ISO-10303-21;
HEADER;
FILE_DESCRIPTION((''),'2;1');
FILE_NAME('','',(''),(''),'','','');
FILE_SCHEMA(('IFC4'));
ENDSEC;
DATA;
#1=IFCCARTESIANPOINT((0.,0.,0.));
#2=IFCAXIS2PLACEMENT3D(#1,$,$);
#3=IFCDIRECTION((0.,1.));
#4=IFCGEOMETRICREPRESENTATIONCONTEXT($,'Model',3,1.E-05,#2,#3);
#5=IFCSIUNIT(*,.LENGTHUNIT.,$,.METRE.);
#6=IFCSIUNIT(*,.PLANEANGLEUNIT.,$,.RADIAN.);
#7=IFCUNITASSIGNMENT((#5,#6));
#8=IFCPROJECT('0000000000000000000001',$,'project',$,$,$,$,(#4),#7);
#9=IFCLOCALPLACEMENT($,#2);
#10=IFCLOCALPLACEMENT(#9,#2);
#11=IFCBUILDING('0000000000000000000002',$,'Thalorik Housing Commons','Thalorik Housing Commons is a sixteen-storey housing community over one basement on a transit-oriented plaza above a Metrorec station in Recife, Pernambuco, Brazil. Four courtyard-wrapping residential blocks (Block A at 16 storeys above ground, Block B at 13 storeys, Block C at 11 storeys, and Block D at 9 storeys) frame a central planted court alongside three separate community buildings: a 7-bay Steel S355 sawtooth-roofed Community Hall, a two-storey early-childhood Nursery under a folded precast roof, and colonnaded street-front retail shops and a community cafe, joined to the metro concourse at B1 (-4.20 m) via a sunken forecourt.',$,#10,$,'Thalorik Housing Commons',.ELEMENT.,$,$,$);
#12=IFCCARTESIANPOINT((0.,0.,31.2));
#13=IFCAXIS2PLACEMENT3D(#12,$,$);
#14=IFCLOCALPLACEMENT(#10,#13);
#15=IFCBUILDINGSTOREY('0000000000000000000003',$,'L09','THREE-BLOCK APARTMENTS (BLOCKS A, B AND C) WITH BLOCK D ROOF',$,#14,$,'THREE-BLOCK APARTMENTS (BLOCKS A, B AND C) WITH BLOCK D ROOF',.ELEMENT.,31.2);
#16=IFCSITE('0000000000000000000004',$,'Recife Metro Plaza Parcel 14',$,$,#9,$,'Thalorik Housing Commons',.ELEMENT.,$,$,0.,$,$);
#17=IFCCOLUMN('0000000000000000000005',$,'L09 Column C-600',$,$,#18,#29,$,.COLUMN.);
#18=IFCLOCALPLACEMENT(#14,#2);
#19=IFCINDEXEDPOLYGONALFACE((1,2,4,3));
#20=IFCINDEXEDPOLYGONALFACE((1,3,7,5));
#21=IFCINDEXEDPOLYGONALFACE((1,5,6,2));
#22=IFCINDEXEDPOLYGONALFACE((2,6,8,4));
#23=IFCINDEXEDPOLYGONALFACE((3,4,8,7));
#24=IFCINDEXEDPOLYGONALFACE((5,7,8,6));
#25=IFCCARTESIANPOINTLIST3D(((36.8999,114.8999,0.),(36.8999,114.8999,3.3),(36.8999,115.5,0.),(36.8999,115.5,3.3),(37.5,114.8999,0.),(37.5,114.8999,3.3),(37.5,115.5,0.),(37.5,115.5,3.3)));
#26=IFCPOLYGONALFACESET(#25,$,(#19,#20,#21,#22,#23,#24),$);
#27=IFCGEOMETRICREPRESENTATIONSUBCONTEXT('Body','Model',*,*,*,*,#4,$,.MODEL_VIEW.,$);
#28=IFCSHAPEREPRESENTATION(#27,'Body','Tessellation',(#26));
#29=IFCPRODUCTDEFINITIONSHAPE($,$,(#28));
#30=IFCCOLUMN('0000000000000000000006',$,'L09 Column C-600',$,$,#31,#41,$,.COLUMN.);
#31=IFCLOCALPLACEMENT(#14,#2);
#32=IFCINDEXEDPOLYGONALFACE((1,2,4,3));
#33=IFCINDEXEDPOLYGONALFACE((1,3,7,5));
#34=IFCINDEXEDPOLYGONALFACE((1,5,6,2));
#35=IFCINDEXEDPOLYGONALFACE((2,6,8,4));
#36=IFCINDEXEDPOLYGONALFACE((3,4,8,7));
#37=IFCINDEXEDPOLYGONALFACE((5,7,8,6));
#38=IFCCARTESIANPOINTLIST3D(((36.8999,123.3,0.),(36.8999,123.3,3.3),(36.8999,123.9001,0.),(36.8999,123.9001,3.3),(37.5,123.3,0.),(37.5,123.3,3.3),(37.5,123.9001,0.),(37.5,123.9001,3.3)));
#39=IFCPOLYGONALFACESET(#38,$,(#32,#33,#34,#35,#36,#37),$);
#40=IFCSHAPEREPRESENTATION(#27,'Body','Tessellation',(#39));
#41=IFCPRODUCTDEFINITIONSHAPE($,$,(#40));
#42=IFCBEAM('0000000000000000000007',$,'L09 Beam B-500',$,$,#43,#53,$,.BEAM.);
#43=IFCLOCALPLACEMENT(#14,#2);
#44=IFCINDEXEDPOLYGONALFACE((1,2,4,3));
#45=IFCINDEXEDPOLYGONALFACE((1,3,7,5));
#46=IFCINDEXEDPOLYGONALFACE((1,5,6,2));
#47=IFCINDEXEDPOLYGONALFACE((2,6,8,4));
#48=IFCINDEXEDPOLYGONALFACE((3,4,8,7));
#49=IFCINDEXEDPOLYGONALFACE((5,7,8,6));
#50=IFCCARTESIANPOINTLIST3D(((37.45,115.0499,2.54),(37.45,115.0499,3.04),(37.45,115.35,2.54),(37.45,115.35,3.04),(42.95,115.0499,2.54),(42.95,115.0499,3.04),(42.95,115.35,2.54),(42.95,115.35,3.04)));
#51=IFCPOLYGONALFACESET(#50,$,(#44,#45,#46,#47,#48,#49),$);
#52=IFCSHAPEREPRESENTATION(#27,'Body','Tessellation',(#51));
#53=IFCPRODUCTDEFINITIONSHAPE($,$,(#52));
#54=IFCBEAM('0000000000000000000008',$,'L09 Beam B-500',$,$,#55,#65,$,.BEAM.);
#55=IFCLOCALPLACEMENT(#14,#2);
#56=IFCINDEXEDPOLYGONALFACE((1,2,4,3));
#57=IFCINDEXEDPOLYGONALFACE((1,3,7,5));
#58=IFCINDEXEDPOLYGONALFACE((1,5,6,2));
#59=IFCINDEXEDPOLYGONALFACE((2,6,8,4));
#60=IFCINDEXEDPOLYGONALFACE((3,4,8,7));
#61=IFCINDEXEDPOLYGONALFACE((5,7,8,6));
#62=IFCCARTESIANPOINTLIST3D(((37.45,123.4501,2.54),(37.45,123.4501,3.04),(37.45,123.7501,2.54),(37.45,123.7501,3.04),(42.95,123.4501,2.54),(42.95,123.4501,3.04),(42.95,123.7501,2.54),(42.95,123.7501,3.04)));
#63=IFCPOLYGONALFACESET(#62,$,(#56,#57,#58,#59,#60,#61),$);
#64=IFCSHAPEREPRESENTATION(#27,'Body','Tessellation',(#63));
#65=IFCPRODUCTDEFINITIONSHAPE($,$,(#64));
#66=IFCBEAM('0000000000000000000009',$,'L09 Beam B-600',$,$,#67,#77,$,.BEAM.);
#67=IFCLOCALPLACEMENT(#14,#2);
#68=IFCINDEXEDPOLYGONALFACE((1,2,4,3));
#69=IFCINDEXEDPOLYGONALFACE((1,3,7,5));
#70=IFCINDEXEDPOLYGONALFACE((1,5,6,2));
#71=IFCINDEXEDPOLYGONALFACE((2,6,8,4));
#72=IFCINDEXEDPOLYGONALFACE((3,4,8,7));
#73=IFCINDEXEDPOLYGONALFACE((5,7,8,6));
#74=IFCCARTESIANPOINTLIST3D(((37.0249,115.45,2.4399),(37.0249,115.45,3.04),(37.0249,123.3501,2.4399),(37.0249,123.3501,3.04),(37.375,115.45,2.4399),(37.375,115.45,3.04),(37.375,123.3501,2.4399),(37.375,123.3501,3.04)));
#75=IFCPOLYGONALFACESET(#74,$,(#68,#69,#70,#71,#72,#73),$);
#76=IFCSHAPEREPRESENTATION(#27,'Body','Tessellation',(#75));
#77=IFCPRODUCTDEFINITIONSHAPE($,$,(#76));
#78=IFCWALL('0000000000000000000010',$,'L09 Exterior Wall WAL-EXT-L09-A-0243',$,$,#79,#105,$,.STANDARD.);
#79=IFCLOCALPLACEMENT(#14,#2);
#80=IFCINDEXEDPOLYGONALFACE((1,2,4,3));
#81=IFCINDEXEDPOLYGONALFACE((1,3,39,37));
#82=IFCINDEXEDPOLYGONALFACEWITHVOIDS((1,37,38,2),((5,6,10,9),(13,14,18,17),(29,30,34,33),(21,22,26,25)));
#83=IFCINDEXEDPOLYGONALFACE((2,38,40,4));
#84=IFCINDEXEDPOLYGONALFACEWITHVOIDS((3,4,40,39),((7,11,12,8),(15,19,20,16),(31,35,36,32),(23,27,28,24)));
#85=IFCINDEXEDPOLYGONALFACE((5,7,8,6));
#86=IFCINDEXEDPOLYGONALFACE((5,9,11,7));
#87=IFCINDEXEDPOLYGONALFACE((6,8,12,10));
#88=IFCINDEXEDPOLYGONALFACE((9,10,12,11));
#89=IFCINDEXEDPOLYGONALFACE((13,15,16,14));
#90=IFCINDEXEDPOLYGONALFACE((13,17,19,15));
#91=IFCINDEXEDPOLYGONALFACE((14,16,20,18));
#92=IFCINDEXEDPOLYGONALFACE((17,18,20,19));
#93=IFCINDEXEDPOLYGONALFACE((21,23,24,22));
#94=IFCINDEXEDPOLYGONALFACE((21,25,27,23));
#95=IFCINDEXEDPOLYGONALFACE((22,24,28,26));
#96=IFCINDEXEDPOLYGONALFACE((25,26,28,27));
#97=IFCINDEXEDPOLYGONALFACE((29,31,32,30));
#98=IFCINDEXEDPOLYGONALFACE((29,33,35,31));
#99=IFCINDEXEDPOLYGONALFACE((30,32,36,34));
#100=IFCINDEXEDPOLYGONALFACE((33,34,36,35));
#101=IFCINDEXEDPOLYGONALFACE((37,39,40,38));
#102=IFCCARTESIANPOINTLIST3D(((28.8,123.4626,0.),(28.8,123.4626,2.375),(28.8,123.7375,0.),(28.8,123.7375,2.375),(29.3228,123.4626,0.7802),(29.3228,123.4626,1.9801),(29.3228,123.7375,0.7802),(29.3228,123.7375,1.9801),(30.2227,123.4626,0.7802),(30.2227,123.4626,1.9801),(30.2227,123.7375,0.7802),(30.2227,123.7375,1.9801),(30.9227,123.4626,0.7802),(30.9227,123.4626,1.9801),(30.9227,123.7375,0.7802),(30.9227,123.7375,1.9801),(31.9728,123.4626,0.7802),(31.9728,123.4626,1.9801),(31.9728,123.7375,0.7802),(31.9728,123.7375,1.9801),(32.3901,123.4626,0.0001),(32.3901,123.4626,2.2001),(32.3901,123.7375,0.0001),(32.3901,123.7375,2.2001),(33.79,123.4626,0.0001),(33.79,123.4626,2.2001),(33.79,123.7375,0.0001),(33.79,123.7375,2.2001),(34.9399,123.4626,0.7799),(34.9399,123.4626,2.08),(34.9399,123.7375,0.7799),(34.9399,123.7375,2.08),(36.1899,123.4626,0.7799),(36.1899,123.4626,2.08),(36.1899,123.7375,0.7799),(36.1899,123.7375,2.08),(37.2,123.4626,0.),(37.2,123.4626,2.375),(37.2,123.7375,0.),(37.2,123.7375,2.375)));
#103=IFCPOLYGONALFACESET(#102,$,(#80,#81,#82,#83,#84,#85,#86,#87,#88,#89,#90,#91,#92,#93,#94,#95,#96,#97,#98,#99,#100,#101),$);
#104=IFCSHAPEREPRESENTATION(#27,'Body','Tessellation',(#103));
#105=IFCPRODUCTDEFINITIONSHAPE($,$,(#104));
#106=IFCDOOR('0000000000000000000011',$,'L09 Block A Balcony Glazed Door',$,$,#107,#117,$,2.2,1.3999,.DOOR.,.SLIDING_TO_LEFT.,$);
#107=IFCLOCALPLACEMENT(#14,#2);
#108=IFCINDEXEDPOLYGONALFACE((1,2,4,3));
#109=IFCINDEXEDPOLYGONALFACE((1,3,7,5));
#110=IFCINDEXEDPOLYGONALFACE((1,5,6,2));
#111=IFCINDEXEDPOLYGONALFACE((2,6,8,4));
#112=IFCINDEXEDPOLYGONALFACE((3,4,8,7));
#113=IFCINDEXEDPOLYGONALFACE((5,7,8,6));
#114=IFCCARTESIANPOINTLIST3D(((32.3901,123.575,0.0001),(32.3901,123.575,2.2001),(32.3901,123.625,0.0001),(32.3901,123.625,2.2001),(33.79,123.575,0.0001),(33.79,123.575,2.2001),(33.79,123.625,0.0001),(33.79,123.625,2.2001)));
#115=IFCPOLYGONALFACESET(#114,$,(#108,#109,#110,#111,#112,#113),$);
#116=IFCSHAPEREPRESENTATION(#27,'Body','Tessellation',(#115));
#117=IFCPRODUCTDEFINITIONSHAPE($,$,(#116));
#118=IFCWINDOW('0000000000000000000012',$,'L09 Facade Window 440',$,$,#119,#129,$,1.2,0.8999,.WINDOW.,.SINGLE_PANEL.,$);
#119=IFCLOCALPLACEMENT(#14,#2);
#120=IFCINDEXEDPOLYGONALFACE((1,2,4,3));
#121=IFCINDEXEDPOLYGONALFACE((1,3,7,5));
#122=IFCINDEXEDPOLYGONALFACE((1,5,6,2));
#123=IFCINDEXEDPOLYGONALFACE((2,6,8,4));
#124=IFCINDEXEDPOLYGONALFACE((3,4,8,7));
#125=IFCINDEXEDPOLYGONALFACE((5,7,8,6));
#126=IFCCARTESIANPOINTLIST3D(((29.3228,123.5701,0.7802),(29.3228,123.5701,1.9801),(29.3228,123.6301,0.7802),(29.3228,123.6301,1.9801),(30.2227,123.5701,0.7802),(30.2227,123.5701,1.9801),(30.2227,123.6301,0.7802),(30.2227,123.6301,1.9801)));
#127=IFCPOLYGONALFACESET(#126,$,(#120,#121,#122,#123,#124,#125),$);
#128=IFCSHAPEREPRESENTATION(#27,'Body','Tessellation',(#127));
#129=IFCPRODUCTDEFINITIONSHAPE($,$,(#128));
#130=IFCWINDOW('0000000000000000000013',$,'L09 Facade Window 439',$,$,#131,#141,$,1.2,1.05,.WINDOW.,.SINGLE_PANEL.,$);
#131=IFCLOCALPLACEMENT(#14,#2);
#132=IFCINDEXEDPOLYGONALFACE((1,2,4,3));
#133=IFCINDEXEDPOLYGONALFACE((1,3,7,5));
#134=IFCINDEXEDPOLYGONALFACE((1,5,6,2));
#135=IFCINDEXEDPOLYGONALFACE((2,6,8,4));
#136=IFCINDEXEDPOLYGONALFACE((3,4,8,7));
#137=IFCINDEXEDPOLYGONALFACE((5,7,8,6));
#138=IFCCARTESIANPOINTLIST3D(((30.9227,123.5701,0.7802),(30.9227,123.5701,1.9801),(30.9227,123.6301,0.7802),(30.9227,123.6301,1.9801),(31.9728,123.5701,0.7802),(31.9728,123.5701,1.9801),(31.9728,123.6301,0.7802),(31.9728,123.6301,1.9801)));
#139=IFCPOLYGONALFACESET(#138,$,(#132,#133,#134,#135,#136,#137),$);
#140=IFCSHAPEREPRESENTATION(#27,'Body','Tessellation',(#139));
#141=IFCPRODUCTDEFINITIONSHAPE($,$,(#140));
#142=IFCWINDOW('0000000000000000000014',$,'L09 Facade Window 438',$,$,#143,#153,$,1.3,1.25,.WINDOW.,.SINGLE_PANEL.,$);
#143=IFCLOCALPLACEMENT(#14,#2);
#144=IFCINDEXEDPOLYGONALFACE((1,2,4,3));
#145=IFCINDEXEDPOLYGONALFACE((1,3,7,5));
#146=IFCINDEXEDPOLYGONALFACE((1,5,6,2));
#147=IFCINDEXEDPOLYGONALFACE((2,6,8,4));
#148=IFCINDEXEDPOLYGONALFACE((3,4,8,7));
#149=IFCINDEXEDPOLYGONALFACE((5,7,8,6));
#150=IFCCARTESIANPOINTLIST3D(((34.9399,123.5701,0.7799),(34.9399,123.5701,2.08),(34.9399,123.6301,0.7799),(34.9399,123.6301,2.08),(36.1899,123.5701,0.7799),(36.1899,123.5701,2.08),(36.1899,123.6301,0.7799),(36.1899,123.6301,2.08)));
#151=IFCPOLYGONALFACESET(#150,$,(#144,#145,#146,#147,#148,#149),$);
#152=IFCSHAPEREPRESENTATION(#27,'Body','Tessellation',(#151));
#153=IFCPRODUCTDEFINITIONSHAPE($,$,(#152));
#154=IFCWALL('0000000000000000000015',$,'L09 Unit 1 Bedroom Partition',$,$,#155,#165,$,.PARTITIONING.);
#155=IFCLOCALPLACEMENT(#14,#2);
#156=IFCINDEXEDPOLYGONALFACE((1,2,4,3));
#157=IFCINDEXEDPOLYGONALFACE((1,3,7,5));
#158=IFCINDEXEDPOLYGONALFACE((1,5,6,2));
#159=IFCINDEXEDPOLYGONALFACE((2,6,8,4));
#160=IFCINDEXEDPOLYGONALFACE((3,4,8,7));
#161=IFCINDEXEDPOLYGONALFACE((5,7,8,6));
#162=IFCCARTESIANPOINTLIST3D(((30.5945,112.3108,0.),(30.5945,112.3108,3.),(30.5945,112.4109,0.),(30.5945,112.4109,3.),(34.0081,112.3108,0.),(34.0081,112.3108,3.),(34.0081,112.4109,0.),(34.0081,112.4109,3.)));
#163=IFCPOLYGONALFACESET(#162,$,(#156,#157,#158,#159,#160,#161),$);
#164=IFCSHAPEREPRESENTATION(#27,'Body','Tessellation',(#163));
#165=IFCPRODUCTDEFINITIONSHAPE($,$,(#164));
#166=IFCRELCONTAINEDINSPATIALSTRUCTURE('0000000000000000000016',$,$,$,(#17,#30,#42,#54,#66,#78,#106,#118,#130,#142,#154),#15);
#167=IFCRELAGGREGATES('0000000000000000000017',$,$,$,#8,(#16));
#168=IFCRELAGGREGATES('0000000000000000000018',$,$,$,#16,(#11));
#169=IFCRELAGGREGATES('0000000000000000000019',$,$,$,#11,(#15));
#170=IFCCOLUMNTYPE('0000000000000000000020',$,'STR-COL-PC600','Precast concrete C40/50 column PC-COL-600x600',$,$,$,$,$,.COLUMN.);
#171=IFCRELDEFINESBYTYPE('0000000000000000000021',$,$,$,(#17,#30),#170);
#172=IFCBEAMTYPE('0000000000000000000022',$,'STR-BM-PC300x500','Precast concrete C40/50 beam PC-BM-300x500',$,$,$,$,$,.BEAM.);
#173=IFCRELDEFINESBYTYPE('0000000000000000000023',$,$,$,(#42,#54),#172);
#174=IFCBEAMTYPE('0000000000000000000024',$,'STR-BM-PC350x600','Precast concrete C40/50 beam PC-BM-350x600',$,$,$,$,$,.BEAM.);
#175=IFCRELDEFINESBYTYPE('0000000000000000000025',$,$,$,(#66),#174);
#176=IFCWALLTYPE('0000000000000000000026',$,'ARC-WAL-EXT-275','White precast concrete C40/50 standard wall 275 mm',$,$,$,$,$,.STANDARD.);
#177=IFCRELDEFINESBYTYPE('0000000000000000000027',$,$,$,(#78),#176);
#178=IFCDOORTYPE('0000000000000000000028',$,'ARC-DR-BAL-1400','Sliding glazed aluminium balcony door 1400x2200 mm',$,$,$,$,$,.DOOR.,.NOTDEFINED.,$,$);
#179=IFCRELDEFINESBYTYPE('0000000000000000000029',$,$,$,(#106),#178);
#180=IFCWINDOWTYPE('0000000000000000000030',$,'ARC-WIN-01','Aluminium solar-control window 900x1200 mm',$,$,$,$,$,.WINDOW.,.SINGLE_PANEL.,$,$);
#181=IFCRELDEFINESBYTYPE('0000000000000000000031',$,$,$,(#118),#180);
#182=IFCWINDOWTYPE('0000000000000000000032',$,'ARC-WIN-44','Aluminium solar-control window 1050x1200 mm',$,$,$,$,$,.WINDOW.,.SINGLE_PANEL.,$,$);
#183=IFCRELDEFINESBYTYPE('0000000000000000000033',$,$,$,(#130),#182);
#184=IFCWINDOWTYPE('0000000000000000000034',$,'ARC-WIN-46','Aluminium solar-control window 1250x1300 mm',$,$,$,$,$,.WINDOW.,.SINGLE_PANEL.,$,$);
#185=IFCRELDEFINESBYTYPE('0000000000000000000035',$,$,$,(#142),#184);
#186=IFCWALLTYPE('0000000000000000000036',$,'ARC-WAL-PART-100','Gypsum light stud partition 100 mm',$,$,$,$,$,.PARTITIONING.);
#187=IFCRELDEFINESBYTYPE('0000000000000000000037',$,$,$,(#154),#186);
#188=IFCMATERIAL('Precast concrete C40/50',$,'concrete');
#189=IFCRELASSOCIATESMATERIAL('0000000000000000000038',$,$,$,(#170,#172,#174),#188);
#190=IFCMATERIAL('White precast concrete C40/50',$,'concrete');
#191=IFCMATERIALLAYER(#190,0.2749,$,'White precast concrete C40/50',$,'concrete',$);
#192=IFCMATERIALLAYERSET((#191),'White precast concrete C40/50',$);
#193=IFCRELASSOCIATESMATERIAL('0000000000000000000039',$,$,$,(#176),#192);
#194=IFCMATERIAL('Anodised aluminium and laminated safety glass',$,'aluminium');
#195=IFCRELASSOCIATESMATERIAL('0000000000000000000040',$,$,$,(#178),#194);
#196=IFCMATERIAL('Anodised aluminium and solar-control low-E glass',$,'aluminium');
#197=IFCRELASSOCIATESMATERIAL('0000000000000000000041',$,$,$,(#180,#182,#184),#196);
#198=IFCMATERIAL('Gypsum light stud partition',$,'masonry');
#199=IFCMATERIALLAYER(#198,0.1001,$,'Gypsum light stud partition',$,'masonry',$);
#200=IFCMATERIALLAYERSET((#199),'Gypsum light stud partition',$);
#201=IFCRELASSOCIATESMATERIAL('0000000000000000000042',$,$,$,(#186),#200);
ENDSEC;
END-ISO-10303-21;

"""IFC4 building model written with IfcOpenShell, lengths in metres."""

from ifc_helpers import new_model, si_unit, direction, frame, frame_2d, origin, origin_2d, place, context, subcontext, project, spatial, rectangle, extrude, material, layer, layer_set, material_profile, profile_set, type_object, element, fill, save


model = new_model("IFC4")

# Units and contexts
model_context = context("Model", 3, precision=1e-05, world=origin(), true_north=direction((0.0, 1.0)))
body_context = subcontext(model_context, "Body", "Model", "MODEL_VIEW")
ifc_project = project(units=[si_unit("LENGTHUNIT", "METRE"), si_unit("PLANEANGLEUNIT", "RADIAN")], contexts=[model_context])

# Site, building, storey
site_placement = place(None, origin())
site = spatial("IfcSite", under=ifc_project, at=site_placement, Name="Recife Metro Plaza Parcel 14", LongName="Thalorik Housing Commons", CompositionType="ELEMENT", RefElevation=0.0)
building_placement = place(site_placement, origin())
building = spatial("IfcBuilding", under=site, at=building_placement, Name="Thalorik Housing Commons", Description="Thalorik Housing Commons is a sixteen-storey housing community over one basement on a transit-oriented plaza above a Metrorec station in Recife, Pernambuco, Brazil. Four courtyard-wrapping residential blocks (Block A at 16 storeys above ground, Block B at 13 storeys, Block C at 11 storeys, and Block D at 9 storeys) frame a central planted court alongside three separate community buildings: a 7-bay Steel S355 sawtooth-roofed Community Hall, a two-storey early-childhood Nursery under a folded precast roof, and colonnaded street-front retail shops and a community cafe, joined to the metro concourse at B1 (-4.20 m) via a sunken forecourt.", LongName="Thalorik Housing Commons", CompositionType="ELEMENT")
storey_placement = place(building_placement, frame((0.0, 0.0, 31.2)))
storey = spatial("IfcBuildingStorey", under=building, at=storey_placement, Name="L09", Description="THREE-BLOCK APARTMENTS (BLOCKS A, B AND C) WITH BLOCK D ROOF", LongName="THREE-BLOCK APARTMENTS (BLOCKS A, B AND C) WITH BLOCK D ROOF", CompositionType="ELEMENT", Elevation=31.2)

# Columns
ifc_material_1 = material(Name="Precast concrete C40/50", Category="concrete")
ifc_material_profile_1 = material_profile(ifc_material_1, rectangle(XDim=0.6001, YDim=0.6001, at=origin_2d()), Name="PC 600x600", Category="concrete")
ifc_profile_set_1 = profile_set([ifc_material_profile_1], Name="Precast concrete C40/50")
column_type = type_object("IfcColumnType", Name="STR-COL-PC600", Description="Precast concrete C40/50 column PC-COL-600x600", PredefinedType="COLUMN", material=ifc_profile_set_1)
for number, where, z_axis, x_axis, name in (
    (1, (37.2, 115.2, 0.0), (0.0, 0.0, 1.0), (1.0, 0.0, 0.0), "L09 Column C-600"),
    (2, (37.2, 123.6001, 0.0), (0.0, 0.0, 1.0), (1.0, 0.0, 0.0), "L09 Column C-600"),
):
    element("IfcColumn", number, at=place(storey_placement, frame(where, z_axis=z_axis, x_axis=x_axis)), inside=storey, type_object=column_type, Name=name, PredefinedType="COLUMN", context=body_context, shape_type="SweptSolid", body=[
        extrude(rectangle(XDim=0.6001, YDim=0.6001, at=origin_2d()), origin(), (0.0, 0.0, 1.0), 3.3),
    ])

# Beams
ifc_material_profile_2 = material_profile(ifc_material_1, rectangle(XDim=0.3, YDim=0.5, at=origin_2d()), Name="PC 300x500", Category="concrete")
ifc_profile_set_2 = profile_set([ifc_material_profile_2], Name="Precast concrete C40/50")
beam_type_1 = type_object("IfcBeamType", Name="STR-BM-PC300x500", Description="Precast concrete C40/50 beam PC-BM-300x500", PredefinedType="BEAM", material=ifc_profile_set_2)
for number, where, z_axis, x_axis, name in (
    (3, (37.45, 115.2, 2.79), (1.0, 0.0, 0.0), (0.0, 1.0, 0.0), "L09 Beam B-500"),
    (4, (37.45, 123.6001, 2.79), (1.0, 0.0, 0.0), (0.0, 1.0, 0.0), "L09 Beam B-500"),
):
    element("IfcBeam", number, at=place(storey_placement, frame(where, z_axis=z_axis, x_axis=x_axis)), inside=storey, type_object=beam_type_1, Name=name, PredefinedType="BEAM", context=body_context, shape_type="SweptSolid", body=[
        extrude(rectangle(XDim=0.3, YDim=0.5, at=origin_2d()), origin(), (0.0, 0.0, 1.0), 5.5),
    ])
ifc_material_profile_3 = material_profile(ifc_material_1, rectangle(XDim=0.3501, YDim=0.6001, at=origin_2d()), Name="PC 350x600", Category="concrete")
ifc_profile_set_3 = profile_set([ifc_material_profile_3], Name="Precast concrete C40/50")
beam_type_2 = type_object("IfcBeamType", Name="STR-BM-PC350x600", Description="Precast concrete C40/50 beam PC-BM-350x600", PredefinedType="BEAM", material=ifc_profile_set_3)
beam_placement = place(storey_placement, frame((37.2, 115.45, 2.74), z_axis=(0.0, 1.0, 0.0), x_axis=(-1.0, 0.0, 0.0)))
element("IfcBeam", 5, at=beam_placement, inside=storey, type_object=beam_type_2, Name="L09 Beam B-600", PredefinedType="BEAM", context=body_context, shape_type="SweptSolid", body=[
    extrude(rectangle(XDim=0.3501, YDim=0.6001, at=origin_2d()), origin(), (0.0, 0.0, 1.0), 7.9001),
])

# Wall, openings, door, windows
ifc_material_2 = material(Name="White precast concrete C40/50", Category="concrete")
ifc_layer_1 = layer(ifc_material_2, 0.2749, Name="White precast concrete C40/50", Category="concrete")
ifc_layer_set_1 = layer_set([ifc_layer_1], Name="White precast concrete C40/50")
wall_type_1 = type_object("IfcWallType", Name="ARC-WAL-EXT-275", Description="White precast concrete C40/50 standard wall 275 mm", PredefinedType="STANDARD", material=ifc_layer_set_1)
wall_1_placement = place(storey_placement, frame((37.2, 123.6001, 0.0), z_axis=(0.0, 0.0, 1.0), x_axis=(-1.0, 0.0, 0.0)))
wall_1 = element("IfcWall", 6, at=wall_1_placement, inside=storey, type_object=wall_type_1, Name="L09 Exterior Wall WAL-EXT-L09-A-0243", PredefinedType="STANDARD", context=body_context, shape_type="SweptSolid", body=[
    extrude(rectangle(XDim=8.3999, YDim=0.2749, at=frame_2d((4.2, 0.0))), origin(), (0.0, 0.0, 1.0), 2.375),
])
opening_1_placement = place(wall_1_placement, frame((3.4099, 0.0, 0.0)))
opening_1 = element("IfcOpeningElement", 7, at=opening_1_placement, cuts=wall_1, PredefinedType="OPENING", context=body_context, shape_type="SweptSolid", body=[
    extrude(rectangle(XDim=1.3999, YDim=2.2, at=frame_2d((0.7, 1.1001))), frame((0.0, 0.1475, 0.0), z_axis=(0.0, -1.0, 0.0), x_axis=(1.0, 0.0, 0.0)), (0.0, 0.0, 1.0), 0.2949),
])
opening_2_placement = place(wall_1_placement, frame((1.01, 0.0, 0.78)))
opening_2 = element("IfcOpeningElement", 8, at=opening_2_placement, cuts=wall_1, PredefinedType="OPENING", context=body_context, shape_type="SweptSolid", body=[
    extrude(rectangle(XDim=1.25, YDim=1.3, at=frame_2d((0.625, 0.6499))), frame((0.0, 0.1475, 0.0), z_axis=(0.0, -1.0, 0.0), x_axis=(1.0, 0.0, 0.0)), (0.0, 0.0, 1.0), 0.2949),
])
opening_3_placement = place(wall_1_placement, frame((5.2273, 0.0, 0.78)))
opening_3 = element("IfcOpeningElement", 9, at=opening_3_placement, cuts=wall_1, PredefinedType="OPENING", context=body_context, shape_type="SweptSolid", body=[
    extrude(rectangle(XDim=1.05, YDim=1.2, at=frame_2d((0.5249, 0.6001))), frame((0.0, 0.1475, 0.0), z_axis=(0.0, -1.0, 0.0), x_axis=(1.0, 0.0, 0.0)), (0.0, 0.0, 1.0), 0.2949),
])
opening_4_placement = place(wall_1_placement, frame((6.9773, 0.0, 0.78)))
opening_4 = element("IfcOpeningElement", 10, at=opening_4_placement, cuts=wall_1, PredefinedType="OPENING", context=body_context, shape_type="SweptSolid", body=[
    extrude(rectangle(XDim=0.8999, YDim=1.2, at=frame_2d((0.45, 0.6001))), frame((0.0, 0.1475, 0.0), z_axis=(0.0, -1.0, 0.0), x_axis=(1.0, 0.0, 0.0)), (0.0, 0.0, 1.0), 0.2949),
])
ifc_material_3 = material(Name="Anodised aluminium and laminated safety glass", Category="aluminium")
door_type_1 = type_object("IfcDoorType", Name="ARC-DR-BAL-1400", Description="Sliding glazed aluminium balcony door 1400x2200 mm", OperationType="NOTDEFINED", PredefinedType="DOOR", material=ifc_material_3)
door_1_placement = place(opening_1_placement, frame((1.3999, 0.0, 0.0), z_axis=(0.0, 0.0, 1.0), x_axis=(-1.0, 0.0, 0.0)))
door_1 = element("IfcDoor", 11, at=door_1_placement, inside=storey, type_object=door_type_1, Name="L09 Block A Balcony Glazed Door", OperationType="SLIDING_TO_LEFT", OverallHeight=2.2, OverallWidth=1.3999, PredefinedType="DOOR", context=body_context, shape_type="SweptSolid", body=[
    extrude(rectangle(XDim=1.3999, YDim=2.2, at=frame_2d((0.7, 1.1001))), frame((0.0, 0.0249, 0.0), z_axis=(0.0, -1.0, 0.0), x_axis=(1.0, 0.0, 0.0)), (0.0, 0.0, 1.0), 0.05),
])
fill(opening_1, door_1)
ifc_material_4 = material(Name="Anodised aluminium and solar-control low-E glass", Category="aluminium")
window_type_1 = type_object("IfcWindowType", Name="ARC-WIN-01", Description="Aluminium solar-control window 900x1200 mm", PartitioningType="SINGLE_PANEL", PredefinedType="WINDOW", material=ifc_material_4)
window_1_placement = place(opening_4_placement, origin())
window_1 = element("IfcWindow", 12, at=window_1_placement, inside=storey, type_object=window_type_1, Name="L09 Facade Window 440", OverallHeight=1.2, OverallWidth=0.8999, PartitioningType="SINGLE_PANEL", PredefinedType="WINDOW", context=body_context, shape_type="SweptSolid", body=[
    extrude(rectangle(XDim=0.8999, YDim=1.2, at=frame_2d((0.45, 0.6001))), frame((0.0, 0.03, 0.0), z_axis=(0.0, -1.0, 0.0), x_axis=(1.0, 0.0, 0.0)), (0.0, 0.0, 1.0), 0.0601),
])
fill(opening_4, window_1)
window_type_2 = type_object("IfcWindowType", Name="ARC-WIN-44", Description="Aluminium solar-control window 1050x1200 mm", PartitioningType="SINGLE_PANEL", PredefinedType="WINDOW", material=ifc_material_4)
window_2_placement = place(opening_3_placement, origin())
window_2 = element("IfcWindow", 13, at=window_2_placement, inside=storey, type_object=window_type_2, Name="L09 Facade Window 439", OverallHeight=1.2, OverallWidth=1.05, PartitioningType="SINGLE_PANEL", PredefinedType="WINDOW", context=body_context, shape_type="SweptSolid", body=[
    extrude(rectangle(XDim=1.05, YDim=1.2, at=frame_2d((0.5249, 0.6001))), frame((0.0, 0.03, 0.0), z_axis=(0.0, -1.0, 0.0), x_axis=(1.0, 0.0, 0.0)), (0.0, 0.0, 1.0), 0.0601),
])
fill(opening_3, window_2)
window_type_3 = type_object("IfcWindowType", Name="ARC-WIN-46", Description="Aluminium solar-control window 1250x1300 mm", PartitioningType="SINGLE_PANEL", PredefinedType="WINDOW", material=ifc_material_4)
window_3_placement = place(opening_2_placement, origin())
window_3 = element("IfcWindow", 14, at=window_3_placement, inside=storey, type_object=window_type_3, Name="L09 Facade Window 438", OverallHeight=1.3, OverallWidth=1.25, PartitioningType="SINGLE_PANEL", PredefinedType="WINDOW", context=body_context, shape_type="SweptSolid", body=[
    extrude(rectangle(XDim=1.25, YDim=1.3, at=frame_2d((0.625, 0.6499))), frame((0.0, 0.03, 0.0), z_axis=(0.0, -1.0, 0.0), x_axis=(1.0, 0.0, 0.0)), (0.0, 0.0, 1.0), 0.0601),
])
fill(opening_2, window_3)

# Wall
ifc_material_5 = material(Name="Gypsum light stud partition", Category="masonry")
ifc_layer_2 = layer(ifc_material_5, 0.1001, Name="Gypsum light stud partition", Category="masonry")
ifc_layer_set_2 = layer_set([ifc_layer_2], Name="Gypsum light stud partition")
wall_type_2 = type_object("IfcWallType", Name="ARC-WAL-PART-100", Description="Gypsum light stud partition 100 mm", PredefinedType="PARTITIONING", material=ifc_layer_set_2)
wall_2_placement = place(storey_placement, frame((30.5945, 112.3608, 0.0), z_axis=(0.0, 0.0, 1.0), x_axis=(1.0, 0.0, 0.0)))
element("IfcWall", 15, at=wall_2_placement, inside=storey, type_object=wall_type_2, Name="L09 Unit 1 Bedroom Partition", PredefinedType="PARTITIONING", context=body_context, shape_type="SweptSolid", body=[
    extrude(rectangle(XDim=3.4136, YDim=0.1001, at=frame_2d((1.7068, 0.0))), origin(), (0.0, 0.0, 1.0), 3.0),
])

save(model, "model.ifc")
